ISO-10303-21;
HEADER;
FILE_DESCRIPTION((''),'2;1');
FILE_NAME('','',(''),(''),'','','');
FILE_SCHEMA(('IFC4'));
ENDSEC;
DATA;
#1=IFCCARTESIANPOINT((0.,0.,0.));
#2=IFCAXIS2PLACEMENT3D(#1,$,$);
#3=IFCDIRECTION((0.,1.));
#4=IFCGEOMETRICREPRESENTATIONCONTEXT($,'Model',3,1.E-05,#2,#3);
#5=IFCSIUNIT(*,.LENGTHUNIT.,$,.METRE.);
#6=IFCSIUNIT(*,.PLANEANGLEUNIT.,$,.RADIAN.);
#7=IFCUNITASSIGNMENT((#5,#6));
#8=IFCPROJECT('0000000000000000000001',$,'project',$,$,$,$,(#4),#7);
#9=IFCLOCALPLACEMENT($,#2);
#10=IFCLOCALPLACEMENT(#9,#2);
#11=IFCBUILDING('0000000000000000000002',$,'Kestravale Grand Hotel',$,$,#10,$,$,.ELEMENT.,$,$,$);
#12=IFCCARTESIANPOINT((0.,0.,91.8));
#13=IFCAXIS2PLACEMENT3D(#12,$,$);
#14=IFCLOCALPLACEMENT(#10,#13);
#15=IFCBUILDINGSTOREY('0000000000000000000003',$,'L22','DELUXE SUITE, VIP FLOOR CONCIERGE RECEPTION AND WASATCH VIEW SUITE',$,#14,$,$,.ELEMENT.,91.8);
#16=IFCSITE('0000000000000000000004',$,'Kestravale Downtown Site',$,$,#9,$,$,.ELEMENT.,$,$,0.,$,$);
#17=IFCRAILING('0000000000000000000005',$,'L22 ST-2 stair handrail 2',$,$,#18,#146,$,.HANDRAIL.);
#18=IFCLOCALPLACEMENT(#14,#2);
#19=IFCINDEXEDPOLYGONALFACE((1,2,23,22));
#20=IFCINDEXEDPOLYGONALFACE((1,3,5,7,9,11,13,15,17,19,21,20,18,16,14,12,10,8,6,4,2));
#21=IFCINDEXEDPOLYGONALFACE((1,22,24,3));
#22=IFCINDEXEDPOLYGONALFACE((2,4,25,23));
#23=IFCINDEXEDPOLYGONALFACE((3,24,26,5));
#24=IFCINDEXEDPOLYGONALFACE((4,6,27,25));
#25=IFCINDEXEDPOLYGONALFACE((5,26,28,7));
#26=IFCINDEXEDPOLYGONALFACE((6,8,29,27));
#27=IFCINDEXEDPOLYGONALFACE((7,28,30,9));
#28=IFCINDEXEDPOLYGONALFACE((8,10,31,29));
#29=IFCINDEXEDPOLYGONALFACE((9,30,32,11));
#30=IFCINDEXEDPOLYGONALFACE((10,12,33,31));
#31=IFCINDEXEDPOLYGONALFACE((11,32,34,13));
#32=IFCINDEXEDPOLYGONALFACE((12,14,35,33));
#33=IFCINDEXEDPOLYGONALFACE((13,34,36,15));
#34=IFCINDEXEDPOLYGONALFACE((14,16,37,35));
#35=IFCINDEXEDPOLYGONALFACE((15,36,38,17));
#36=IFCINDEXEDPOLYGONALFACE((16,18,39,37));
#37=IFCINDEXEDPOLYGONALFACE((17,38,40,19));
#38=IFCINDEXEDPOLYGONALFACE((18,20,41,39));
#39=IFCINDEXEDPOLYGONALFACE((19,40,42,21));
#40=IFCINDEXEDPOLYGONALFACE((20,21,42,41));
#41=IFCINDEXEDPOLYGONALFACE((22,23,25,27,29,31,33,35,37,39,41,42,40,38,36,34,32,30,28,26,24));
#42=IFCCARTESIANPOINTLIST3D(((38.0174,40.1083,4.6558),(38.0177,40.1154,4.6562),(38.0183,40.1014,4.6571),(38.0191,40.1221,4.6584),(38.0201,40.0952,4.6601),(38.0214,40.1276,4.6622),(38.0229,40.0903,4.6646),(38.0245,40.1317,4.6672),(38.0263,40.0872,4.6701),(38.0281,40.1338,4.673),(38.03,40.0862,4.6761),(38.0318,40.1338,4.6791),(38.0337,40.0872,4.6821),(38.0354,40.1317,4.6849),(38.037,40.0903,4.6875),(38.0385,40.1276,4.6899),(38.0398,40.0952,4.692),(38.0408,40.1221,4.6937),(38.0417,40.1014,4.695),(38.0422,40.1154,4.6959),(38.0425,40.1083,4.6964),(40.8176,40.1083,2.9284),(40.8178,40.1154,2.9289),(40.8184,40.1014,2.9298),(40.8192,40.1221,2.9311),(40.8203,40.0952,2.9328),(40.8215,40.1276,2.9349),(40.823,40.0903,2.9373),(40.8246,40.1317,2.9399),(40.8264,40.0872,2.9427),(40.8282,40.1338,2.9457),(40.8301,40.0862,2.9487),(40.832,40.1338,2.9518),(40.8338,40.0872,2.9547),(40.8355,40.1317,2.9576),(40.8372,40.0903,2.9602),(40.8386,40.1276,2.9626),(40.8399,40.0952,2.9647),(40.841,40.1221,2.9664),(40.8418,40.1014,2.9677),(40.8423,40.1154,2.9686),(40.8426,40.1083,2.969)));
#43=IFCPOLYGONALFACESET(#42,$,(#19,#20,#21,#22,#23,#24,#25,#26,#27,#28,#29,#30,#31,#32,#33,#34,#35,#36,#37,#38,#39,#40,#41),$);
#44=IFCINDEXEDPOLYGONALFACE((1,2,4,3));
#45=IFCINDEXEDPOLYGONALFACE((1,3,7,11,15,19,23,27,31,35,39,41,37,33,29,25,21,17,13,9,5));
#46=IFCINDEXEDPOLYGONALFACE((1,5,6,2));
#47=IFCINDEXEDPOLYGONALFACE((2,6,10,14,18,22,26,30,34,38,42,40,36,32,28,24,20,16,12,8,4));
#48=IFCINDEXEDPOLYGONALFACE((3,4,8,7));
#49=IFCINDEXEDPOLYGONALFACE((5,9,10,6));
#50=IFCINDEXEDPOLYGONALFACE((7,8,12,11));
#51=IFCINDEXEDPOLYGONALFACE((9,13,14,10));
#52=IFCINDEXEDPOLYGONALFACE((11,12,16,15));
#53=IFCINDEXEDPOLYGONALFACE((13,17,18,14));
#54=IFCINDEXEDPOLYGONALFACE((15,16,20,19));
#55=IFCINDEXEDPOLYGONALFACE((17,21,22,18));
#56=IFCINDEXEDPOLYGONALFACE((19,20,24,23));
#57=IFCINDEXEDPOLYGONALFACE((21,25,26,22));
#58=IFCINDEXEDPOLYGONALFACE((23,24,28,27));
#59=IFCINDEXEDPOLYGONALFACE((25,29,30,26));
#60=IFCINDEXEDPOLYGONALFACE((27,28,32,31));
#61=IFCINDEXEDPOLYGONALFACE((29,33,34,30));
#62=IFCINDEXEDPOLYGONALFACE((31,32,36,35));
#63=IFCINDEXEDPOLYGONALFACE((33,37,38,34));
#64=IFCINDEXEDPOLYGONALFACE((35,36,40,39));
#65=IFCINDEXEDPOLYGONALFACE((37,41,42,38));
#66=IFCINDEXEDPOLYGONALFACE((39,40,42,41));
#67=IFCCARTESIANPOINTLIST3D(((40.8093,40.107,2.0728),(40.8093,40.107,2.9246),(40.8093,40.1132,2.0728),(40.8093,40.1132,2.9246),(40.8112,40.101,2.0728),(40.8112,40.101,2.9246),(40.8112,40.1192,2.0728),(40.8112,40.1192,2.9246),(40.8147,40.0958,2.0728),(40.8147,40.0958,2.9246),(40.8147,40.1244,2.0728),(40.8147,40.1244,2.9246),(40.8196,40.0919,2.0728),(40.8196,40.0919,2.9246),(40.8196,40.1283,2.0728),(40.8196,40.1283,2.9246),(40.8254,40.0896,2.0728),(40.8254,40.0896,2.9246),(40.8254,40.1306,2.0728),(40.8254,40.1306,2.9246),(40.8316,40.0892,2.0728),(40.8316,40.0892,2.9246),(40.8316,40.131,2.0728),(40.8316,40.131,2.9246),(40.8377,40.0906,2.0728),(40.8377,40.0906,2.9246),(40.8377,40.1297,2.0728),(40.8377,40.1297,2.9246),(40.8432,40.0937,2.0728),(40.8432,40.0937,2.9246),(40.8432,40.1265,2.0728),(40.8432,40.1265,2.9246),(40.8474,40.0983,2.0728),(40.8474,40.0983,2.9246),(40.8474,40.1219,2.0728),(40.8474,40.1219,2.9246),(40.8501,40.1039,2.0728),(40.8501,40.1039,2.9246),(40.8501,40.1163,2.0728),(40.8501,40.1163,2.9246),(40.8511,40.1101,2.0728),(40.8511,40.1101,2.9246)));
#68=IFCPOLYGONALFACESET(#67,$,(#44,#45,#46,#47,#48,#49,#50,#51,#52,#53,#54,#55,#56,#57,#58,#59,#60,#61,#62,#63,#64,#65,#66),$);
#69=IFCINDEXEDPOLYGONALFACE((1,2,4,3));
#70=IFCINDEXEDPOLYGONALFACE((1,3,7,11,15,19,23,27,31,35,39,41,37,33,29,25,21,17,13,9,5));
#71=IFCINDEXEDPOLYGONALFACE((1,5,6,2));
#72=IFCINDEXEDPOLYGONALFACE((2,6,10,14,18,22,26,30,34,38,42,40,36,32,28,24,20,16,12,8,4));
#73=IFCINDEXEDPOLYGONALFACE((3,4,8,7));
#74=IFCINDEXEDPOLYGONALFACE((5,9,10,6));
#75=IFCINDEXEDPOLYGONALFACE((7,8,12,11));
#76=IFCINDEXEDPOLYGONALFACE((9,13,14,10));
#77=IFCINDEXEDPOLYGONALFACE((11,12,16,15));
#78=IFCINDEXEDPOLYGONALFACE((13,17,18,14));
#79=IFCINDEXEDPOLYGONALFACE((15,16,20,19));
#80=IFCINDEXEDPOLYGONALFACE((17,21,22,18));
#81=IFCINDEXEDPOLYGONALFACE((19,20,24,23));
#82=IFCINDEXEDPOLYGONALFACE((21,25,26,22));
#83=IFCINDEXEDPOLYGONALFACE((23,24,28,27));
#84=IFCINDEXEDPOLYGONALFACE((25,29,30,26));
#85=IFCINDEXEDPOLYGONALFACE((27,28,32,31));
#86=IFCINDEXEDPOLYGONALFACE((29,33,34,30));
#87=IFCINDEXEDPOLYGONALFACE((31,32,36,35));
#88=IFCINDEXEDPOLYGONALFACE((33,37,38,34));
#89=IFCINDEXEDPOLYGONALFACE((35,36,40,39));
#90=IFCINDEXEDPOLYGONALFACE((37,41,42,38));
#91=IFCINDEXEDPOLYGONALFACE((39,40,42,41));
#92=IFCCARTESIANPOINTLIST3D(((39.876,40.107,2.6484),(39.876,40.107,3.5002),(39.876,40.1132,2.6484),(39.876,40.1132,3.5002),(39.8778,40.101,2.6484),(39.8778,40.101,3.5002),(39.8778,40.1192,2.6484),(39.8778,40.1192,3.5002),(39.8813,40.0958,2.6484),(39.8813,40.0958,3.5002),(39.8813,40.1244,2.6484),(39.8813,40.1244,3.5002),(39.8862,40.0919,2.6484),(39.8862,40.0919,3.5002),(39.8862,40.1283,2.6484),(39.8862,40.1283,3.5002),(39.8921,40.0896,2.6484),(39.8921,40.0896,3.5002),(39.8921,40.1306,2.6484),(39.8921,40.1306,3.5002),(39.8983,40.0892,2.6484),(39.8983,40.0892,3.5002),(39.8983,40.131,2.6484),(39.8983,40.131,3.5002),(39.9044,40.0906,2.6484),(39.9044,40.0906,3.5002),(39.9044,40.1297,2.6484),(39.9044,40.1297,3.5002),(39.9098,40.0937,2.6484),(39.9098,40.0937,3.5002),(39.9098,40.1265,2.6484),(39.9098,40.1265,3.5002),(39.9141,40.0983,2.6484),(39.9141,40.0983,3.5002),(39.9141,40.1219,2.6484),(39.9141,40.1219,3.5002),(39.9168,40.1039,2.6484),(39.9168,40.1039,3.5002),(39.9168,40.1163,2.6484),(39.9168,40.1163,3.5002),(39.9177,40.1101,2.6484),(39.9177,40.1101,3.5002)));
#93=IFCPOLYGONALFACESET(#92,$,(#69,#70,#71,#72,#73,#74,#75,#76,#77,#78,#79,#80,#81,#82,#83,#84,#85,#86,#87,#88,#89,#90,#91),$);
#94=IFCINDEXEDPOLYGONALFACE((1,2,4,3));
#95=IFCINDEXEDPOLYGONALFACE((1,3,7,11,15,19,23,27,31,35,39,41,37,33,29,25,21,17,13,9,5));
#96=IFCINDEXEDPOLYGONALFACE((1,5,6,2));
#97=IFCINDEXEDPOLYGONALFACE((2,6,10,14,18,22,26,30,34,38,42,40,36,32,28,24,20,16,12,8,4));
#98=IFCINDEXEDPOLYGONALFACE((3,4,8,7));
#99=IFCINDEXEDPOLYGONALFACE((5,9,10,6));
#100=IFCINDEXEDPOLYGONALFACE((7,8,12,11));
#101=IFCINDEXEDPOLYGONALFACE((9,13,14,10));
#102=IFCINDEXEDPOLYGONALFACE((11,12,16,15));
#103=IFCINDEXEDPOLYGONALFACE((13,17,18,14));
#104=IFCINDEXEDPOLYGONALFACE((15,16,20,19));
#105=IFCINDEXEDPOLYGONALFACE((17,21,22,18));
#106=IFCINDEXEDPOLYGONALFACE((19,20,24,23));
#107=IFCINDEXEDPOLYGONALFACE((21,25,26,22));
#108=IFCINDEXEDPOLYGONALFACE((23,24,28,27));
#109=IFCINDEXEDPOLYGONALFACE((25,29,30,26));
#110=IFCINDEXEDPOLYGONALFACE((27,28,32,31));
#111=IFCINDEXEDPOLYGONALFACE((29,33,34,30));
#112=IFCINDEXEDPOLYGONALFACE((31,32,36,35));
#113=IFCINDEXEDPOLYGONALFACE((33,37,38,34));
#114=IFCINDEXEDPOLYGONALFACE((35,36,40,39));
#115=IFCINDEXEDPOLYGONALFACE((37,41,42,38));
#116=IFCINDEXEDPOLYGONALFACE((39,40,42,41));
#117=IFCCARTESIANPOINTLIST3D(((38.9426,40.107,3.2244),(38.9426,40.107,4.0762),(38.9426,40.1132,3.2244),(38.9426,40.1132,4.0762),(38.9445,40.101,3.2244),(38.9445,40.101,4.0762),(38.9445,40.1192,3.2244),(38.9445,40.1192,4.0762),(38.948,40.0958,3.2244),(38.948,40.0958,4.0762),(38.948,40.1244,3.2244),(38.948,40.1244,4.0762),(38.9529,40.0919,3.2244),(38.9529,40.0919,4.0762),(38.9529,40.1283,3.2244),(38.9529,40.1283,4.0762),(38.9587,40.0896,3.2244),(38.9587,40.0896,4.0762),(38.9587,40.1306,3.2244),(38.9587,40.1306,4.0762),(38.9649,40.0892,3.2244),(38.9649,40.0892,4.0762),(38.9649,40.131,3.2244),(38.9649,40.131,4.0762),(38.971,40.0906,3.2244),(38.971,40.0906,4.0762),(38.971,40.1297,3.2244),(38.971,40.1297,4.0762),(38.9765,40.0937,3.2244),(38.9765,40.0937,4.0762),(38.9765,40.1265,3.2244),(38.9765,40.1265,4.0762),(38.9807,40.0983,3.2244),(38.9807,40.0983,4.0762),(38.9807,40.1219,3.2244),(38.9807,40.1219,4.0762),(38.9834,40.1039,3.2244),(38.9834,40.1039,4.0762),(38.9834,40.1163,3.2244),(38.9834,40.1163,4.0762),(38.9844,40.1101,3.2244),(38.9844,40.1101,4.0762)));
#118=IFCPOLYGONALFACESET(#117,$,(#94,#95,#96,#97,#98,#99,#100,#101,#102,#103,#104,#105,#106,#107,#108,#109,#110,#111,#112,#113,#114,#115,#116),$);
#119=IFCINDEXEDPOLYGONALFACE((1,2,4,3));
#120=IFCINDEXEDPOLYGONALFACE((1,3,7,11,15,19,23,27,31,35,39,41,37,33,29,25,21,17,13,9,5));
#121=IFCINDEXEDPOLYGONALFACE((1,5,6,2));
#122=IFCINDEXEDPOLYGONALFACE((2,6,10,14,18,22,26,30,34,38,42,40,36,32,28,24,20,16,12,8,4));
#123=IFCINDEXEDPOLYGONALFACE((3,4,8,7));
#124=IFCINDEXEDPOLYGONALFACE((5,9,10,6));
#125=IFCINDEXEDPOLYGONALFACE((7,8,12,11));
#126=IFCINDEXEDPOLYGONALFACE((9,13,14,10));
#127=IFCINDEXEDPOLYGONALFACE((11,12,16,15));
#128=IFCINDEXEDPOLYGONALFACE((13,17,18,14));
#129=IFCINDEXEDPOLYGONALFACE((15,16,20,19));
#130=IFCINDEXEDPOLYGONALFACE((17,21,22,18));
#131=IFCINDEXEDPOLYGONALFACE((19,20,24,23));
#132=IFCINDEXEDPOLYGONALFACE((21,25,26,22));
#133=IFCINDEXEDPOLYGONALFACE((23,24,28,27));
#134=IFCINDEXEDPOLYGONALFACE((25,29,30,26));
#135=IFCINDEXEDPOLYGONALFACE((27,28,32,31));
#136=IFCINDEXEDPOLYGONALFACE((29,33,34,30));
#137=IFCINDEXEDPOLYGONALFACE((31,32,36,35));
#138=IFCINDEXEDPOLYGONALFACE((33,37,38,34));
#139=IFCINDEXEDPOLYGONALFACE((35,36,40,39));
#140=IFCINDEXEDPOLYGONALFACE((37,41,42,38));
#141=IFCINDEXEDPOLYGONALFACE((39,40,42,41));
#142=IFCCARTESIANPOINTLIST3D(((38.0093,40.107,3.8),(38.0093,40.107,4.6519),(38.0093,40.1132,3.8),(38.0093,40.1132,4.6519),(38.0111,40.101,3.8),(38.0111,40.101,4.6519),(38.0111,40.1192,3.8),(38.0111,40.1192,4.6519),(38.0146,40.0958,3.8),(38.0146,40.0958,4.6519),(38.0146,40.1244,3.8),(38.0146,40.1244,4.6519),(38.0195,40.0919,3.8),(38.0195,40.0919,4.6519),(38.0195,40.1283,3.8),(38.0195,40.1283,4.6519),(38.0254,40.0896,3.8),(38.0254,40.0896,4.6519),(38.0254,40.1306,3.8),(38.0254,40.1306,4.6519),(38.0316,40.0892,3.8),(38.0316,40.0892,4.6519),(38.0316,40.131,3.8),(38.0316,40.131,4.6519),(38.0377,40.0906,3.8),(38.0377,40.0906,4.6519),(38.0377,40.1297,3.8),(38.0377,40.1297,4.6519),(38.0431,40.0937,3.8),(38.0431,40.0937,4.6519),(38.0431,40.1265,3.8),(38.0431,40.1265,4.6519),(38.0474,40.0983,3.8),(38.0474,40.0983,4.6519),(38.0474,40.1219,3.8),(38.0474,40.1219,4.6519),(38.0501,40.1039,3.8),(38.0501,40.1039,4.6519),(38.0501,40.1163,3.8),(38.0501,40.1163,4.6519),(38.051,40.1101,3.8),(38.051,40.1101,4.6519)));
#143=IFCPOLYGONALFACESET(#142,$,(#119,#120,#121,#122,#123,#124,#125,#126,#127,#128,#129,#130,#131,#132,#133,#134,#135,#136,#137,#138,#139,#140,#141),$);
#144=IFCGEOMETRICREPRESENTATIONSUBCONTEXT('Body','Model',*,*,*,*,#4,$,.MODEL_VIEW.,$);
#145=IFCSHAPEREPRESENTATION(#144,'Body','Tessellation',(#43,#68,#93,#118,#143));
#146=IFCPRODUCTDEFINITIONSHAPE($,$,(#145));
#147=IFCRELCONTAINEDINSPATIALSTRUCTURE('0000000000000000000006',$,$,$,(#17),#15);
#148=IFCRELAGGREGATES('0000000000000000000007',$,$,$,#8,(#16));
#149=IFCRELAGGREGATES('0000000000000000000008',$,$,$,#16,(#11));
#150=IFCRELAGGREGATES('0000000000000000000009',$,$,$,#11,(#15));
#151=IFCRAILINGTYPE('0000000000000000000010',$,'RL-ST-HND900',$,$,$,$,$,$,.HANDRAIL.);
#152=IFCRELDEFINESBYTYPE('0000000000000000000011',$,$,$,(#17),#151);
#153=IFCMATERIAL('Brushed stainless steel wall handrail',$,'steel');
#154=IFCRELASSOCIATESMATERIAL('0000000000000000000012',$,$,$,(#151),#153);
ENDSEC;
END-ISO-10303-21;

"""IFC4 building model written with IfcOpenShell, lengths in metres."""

from ifc_helpers import new_model, si_unit, direction, frame, origin, origin_2d, place, context, subcontext, project, spatial, circle, extrude, material, type_object, element, save


model = new_model("IFC4")

# Units and contexts
model_context = context("Model", 3, precision=1e-05, world=origin(), true_north=direction((0.0, 1.0)))
body_context = subcontext(model_context, "Body", "Model", "MODEL_VIEW")
ifc_project = project(units=[si_unit("LENGTHUNIT", "METRE"), si_unit("PLANEANGLEUNIT", "RADIAN")], contexts=[model_context])

# Site, building, storey
site_placement = place(None, origin())
site = spatial("IfcSite", under=ifc_project, at=site_placement, Name="Kestravale Downtown Site", CompositionType="ELEMENT", RefElevation=0.0)
building_placement = place(site_placement, origin())
building = spatial("IfcBuilding", under=site, at=building_placement, Name="Kestravale Grand Hotel", CompositionType="ELEMENT")
storey_placement = place(building_placement, frame((0.0, 0.0, 91.8)))
storey = spatial("IfcBuildingStorey", under=building, at=storey_placement, Name="L22", Description="DELUXE SUITE, VIP FLOOR CONCIERGE RECEPTION AND WASATCH VIEW SUITE", CompositionType="ELEMENT", Elevation=91.8)

# Railing
ifc_material_1 = material(Name="Brushed stainless steel wall handrail", Category="steel")
railing_type_1 = type_object("IfcRailingType", Name="RL-ST-HND900", PredefinedType="HANDRAIL", material=ifc_material_1)
railing_1_placement = place(storey_placement, frame((40.8301, 40.1101, 2.0728)))
element("IfcRailing", 1, at=railing_1_placement, inside=storey, type_object=railing_type_1, Name="L22 ST-2 stair handrail 2", PredefinedType="HANDRAIL", context=body_context, shape_type="SweptSolid", body=[
    extrude(circle(Radius=0.0239, at=origin_2d()), frame((0.0, 0.0, 0.876), z_axis=(-0.85109, 0.0, 0.52502), x_axis=(0.0, -1.0, 0.0)), (0.0, 0.0, 1.0), 3.29),
    extrude(circle(Radius=0.021, at=origin_2d()), origin(), (0.0, 0.0, 1.0), 0.8518),
    extrude(circle(Radius=0.021, at=origin_2d()), frame((-0.9333, 0.0, 0.5757)), (0.0, 0.0, 1.0), 0.8518),
    extrude(circle(Radius=0.021, at=origin_2d()), frame((-1.8667, 0.0, 1.1516)), (0.0, 0.0, 1.0), 0.8518),
    extrude(circle(Radius=0.021, at=origin_2d()), frame((-2.8, 0.0, 1.7273)), (0.0, 0.0, 1.0), 0.8518),
])

save(model, "model.ifc")
